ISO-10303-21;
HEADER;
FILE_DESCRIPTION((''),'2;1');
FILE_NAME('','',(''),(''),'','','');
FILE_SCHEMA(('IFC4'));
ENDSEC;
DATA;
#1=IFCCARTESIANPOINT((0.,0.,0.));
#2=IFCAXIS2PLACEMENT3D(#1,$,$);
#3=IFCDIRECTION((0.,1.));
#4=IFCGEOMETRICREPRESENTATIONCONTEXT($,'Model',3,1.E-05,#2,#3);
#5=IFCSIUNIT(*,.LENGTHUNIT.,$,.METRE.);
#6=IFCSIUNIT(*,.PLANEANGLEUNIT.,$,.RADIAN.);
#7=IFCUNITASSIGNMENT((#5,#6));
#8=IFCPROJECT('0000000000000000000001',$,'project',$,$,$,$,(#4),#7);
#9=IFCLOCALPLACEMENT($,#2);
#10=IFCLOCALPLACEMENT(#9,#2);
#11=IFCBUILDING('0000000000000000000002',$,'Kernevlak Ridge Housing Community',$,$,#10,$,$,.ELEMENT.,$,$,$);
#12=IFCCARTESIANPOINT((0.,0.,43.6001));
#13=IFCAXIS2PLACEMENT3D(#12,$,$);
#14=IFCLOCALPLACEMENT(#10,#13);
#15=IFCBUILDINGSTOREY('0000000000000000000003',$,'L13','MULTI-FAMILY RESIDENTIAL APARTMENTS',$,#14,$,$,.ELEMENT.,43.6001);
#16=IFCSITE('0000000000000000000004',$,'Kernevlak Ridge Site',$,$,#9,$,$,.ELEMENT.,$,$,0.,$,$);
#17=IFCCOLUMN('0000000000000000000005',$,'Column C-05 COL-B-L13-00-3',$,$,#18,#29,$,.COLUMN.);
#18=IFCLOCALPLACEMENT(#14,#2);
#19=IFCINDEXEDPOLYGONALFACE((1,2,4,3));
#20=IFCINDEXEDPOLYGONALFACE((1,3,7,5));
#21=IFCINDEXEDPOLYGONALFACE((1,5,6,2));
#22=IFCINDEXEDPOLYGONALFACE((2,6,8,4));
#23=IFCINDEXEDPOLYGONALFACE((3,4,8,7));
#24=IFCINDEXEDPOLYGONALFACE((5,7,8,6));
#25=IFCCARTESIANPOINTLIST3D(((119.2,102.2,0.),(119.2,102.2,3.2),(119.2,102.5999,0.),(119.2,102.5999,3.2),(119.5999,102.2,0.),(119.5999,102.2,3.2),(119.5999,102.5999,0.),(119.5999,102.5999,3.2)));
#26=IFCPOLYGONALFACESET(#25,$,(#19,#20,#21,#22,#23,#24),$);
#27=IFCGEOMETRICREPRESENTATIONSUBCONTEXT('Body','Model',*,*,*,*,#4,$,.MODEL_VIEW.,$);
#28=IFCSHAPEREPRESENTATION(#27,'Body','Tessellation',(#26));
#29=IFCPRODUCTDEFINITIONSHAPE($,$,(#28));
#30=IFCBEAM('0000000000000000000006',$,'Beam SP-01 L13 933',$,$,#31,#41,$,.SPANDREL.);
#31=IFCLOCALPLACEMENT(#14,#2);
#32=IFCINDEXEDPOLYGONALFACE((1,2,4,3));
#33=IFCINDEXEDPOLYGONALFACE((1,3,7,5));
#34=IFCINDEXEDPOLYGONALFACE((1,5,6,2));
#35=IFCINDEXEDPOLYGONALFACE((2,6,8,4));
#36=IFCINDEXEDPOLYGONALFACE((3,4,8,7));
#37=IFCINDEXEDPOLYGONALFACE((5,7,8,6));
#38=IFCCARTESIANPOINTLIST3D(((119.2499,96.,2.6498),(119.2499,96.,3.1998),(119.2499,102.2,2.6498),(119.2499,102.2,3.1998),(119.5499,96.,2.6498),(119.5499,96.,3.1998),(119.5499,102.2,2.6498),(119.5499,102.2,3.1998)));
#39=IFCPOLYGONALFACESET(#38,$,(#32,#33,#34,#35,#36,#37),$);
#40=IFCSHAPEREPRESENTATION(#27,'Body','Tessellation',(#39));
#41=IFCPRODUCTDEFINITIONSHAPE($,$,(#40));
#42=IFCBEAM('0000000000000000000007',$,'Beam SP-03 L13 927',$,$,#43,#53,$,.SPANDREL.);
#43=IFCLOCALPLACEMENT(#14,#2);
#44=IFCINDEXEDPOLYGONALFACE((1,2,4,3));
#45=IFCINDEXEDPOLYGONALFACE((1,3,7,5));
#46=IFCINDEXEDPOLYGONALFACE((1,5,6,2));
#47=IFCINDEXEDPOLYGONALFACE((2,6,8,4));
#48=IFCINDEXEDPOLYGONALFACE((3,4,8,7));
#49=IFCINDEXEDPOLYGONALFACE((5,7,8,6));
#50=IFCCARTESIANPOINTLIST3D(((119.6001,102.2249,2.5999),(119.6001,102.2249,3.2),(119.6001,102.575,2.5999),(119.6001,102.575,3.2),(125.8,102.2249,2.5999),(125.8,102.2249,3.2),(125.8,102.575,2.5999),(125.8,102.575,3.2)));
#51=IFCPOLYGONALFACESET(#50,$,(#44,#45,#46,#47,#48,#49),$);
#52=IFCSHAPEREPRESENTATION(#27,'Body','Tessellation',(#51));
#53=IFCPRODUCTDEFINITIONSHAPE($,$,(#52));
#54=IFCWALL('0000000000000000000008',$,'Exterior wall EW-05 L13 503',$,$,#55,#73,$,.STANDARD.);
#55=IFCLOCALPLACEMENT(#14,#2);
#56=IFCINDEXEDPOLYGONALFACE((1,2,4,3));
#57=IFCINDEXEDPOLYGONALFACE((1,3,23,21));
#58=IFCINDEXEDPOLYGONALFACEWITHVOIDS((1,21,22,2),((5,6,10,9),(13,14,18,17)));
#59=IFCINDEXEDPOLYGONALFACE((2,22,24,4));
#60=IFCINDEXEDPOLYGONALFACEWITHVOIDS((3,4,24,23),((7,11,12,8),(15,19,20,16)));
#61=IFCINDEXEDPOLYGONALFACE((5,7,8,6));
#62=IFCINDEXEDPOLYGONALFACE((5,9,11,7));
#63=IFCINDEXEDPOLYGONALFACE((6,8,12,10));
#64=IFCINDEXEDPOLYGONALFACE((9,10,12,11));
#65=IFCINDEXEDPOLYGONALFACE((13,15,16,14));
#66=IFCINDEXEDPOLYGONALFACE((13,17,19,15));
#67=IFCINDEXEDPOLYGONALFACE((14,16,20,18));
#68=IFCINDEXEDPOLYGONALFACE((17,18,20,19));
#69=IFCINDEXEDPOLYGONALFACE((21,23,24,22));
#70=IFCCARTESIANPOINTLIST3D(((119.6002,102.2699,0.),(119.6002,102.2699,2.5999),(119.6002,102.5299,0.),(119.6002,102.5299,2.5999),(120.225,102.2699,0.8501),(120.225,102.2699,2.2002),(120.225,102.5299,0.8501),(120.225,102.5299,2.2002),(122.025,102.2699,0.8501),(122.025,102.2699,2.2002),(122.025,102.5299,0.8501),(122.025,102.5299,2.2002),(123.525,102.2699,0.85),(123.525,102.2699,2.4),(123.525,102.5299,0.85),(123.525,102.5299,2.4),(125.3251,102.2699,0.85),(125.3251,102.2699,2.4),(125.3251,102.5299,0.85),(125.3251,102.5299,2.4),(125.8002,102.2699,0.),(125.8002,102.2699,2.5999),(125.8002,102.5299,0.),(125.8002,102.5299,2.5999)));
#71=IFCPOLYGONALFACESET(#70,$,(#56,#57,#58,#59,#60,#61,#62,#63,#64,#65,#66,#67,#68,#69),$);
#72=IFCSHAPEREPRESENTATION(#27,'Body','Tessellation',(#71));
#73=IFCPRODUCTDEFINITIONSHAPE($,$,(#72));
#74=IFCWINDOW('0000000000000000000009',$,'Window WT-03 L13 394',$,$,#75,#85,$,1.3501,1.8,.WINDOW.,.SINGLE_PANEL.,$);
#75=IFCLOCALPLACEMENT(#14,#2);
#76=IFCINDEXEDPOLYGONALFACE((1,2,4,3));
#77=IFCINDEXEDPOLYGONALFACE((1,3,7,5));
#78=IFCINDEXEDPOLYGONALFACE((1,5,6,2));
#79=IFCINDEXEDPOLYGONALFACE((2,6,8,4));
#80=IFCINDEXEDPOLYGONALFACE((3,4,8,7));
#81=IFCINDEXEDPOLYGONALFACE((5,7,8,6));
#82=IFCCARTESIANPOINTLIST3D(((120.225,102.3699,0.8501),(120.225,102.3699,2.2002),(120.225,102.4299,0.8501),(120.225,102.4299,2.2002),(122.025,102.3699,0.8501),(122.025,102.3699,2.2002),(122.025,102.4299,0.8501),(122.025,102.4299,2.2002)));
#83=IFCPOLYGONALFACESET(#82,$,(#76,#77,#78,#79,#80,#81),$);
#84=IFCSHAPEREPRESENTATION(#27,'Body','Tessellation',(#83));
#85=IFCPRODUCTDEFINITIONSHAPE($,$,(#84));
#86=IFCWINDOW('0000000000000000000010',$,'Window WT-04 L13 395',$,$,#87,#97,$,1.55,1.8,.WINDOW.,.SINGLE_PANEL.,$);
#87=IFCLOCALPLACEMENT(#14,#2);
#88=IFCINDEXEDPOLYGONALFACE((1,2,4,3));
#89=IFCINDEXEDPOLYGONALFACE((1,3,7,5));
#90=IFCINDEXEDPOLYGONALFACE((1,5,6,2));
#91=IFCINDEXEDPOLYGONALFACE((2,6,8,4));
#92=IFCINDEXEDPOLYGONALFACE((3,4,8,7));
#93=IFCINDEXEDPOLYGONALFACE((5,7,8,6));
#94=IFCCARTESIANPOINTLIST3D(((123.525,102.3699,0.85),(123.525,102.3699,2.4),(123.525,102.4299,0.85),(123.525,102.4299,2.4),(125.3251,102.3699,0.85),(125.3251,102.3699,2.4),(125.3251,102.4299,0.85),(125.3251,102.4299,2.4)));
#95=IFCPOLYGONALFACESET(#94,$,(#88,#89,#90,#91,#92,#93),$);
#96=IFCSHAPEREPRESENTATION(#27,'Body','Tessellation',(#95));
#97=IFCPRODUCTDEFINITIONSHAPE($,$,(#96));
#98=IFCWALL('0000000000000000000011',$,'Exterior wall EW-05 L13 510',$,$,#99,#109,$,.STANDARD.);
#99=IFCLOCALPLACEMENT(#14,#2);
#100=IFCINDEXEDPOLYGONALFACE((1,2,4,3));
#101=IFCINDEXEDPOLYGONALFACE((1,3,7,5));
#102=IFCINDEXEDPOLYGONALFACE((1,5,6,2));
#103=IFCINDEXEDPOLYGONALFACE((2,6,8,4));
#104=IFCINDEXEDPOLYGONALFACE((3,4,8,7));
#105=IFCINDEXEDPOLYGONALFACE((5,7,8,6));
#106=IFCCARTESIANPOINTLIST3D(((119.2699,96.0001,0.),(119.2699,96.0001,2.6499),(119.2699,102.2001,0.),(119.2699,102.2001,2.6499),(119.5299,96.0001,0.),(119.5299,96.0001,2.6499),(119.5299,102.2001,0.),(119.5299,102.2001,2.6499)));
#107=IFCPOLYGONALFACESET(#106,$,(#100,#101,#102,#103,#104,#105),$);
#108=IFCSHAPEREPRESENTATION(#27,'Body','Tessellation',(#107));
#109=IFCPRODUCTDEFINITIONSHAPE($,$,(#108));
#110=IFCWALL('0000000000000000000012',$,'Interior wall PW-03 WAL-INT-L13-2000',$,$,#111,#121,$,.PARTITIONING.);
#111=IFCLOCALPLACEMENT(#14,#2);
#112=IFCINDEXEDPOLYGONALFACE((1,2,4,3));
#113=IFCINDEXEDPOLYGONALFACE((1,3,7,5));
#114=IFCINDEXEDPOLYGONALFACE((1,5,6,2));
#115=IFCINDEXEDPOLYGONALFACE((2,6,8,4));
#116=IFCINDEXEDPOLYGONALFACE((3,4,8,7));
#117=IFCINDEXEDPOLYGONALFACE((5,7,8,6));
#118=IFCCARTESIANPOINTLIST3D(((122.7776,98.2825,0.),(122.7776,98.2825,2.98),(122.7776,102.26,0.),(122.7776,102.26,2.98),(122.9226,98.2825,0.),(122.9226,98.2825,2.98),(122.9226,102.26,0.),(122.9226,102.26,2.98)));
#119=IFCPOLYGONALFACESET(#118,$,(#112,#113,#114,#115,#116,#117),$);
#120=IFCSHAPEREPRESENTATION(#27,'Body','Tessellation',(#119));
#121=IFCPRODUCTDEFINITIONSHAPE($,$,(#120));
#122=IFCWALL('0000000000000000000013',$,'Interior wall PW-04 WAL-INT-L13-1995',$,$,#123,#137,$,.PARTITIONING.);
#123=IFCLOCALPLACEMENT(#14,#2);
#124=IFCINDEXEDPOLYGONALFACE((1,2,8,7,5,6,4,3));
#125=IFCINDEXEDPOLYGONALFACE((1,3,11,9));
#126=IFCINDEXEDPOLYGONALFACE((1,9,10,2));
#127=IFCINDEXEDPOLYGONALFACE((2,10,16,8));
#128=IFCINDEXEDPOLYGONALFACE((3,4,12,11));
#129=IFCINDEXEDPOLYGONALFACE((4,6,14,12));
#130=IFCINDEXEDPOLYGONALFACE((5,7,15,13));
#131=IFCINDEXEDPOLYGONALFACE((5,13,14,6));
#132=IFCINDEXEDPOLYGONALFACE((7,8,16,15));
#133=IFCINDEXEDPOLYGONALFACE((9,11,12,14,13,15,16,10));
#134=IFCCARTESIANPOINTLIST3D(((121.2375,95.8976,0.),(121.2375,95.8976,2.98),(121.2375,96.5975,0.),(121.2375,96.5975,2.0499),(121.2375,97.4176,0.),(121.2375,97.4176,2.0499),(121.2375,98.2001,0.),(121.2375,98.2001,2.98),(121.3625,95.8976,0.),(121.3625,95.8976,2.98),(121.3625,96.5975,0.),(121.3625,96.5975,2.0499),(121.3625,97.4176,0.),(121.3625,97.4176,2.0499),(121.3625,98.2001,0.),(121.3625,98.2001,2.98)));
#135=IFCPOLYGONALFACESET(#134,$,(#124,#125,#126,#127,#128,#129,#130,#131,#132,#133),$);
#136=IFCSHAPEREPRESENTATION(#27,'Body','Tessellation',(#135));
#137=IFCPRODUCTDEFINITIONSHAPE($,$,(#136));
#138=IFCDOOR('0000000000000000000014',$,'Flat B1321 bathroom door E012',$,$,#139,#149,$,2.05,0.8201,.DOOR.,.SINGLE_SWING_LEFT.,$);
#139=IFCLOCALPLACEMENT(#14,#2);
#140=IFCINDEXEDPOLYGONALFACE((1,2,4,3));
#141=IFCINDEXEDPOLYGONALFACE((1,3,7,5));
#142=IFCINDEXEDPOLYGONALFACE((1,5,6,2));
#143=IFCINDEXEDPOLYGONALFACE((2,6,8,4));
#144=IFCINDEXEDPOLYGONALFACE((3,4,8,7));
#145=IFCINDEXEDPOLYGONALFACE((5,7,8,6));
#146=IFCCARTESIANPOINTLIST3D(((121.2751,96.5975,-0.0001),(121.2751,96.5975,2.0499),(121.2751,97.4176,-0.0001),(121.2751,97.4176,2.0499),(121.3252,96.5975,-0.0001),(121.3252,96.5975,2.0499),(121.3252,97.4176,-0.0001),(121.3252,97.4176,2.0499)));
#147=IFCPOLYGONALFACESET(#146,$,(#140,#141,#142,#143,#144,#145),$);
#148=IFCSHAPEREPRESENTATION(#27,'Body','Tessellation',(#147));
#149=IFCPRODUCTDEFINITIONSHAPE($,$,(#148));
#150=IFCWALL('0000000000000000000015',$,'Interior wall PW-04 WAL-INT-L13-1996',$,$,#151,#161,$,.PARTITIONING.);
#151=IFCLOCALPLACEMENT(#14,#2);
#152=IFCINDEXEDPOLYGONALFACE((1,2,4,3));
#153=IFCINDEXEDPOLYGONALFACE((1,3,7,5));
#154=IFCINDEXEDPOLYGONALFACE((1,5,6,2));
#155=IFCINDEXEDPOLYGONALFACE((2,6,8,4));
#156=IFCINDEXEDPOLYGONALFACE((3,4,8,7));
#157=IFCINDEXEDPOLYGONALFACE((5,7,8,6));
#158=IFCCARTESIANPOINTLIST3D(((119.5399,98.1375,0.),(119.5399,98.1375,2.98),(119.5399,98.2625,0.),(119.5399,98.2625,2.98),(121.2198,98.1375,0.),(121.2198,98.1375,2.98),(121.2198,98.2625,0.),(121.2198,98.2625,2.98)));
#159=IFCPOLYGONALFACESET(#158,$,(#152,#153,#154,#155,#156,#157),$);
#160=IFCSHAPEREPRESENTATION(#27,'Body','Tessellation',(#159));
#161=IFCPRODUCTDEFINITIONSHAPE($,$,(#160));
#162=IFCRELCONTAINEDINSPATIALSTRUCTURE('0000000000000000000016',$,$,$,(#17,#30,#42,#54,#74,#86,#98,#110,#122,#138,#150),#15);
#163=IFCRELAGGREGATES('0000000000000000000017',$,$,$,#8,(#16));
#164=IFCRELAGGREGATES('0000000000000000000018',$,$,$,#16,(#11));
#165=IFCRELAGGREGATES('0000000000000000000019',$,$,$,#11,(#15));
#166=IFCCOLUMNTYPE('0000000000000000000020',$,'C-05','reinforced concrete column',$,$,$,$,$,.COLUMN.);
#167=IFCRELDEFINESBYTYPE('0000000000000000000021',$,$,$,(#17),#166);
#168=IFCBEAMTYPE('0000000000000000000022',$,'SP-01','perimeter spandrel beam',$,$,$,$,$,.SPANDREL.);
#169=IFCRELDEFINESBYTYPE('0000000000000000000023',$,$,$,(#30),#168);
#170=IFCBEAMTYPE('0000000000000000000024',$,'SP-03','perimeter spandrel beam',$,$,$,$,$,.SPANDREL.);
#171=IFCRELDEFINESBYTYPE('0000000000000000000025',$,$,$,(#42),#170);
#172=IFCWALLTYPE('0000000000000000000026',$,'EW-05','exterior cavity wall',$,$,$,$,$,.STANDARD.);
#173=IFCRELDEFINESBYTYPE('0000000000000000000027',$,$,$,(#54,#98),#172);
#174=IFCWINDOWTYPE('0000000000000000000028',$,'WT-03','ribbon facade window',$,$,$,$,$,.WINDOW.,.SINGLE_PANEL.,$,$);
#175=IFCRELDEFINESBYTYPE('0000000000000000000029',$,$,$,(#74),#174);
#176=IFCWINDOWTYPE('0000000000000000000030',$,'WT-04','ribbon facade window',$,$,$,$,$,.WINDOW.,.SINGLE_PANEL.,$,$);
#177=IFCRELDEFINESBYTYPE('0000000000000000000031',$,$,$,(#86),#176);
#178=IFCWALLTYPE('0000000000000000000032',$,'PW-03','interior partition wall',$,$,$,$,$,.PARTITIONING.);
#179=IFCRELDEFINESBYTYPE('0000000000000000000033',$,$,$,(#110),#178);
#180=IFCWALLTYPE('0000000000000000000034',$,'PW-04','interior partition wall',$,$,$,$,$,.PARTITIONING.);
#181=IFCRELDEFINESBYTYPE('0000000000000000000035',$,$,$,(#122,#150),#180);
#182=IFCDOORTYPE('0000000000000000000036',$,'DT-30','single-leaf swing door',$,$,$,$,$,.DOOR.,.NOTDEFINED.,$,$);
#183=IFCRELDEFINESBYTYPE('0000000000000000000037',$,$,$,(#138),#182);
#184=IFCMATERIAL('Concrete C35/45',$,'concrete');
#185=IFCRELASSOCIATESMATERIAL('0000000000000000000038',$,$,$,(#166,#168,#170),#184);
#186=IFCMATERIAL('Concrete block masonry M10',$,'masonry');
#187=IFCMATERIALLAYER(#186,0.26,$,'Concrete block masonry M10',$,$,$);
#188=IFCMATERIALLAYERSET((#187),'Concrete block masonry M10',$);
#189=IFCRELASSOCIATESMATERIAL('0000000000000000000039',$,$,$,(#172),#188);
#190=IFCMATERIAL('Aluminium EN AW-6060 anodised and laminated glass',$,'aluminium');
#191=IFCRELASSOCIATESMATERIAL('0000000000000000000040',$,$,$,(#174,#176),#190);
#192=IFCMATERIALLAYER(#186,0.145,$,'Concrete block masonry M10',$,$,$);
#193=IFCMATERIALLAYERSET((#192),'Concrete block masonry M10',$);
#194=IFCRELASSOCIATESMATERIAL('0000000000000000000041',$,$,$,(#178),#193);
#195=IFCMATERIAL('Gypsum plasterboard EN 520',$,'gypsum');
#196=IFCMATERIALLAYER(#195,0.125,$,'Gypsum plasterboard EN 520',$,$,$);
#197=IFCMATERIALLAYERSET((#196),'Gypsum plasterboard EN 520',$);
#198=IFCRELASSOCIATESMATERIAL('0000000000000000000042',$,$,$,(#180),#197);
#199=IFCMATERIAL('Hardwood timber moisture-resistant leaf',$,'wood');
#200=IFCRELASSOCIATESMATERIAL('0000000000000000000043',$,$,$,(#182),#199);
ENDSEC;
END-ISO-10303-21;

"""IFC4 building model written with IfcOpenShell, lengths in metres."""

from ifc_helpers import new_model, si_unit, direction, frame, frame_2d, origin, origin_2d, place, context, subcontext, project, spatial, rectangle, extrude, material, layer, layer_set, material_profile, profile_set, type_object, element, fill, save


model = new_model("IFC4")

# Units and contexts
model_context = context("Model", 3, precision=1e-05, world=origin(), true_north=direction((0.0, 1.0)))
body_context = subcontext(model_context, "Body", "Model", "MODEL_VIEW")
ifc_project = project(units=[si_unit("LENGTHUNIT", "METRE"), si_unit("PLANEANGLEUNIT", "RADIAN")], contexts=[model_context])

# Site, building, storey
site_placement = place(None, origin())
site = spatial("IfcSite", under=ifc_project, at=site_placement, Name="Kernevlak Ridge Site", CompositionType="ELEMENT", RefElevation=0.0)
building_placement = place(site_placement, origin())
building = spatial("IfcBuilding", under=site, at=building_placement, Name="Kernevlak Ridge Housing Community", CompositionType="ELEMENT")
storey_placement = place(building_placement, frame((0.0, 0.0, 43.6001)))
storey = spatial("IfcBuildingStorey", under=building, at=storey_placement, Name="L13", Description="MULTI-FAMILY RESIDENTIAL APARTMENTS", CompositionType="ELEMENT", Elevation=43.6001)

# Column
ifc_material_1 = material(Name="Concrete C35/45", Category="concrete")
ifc_material_profile_1 = material_profile(ifc_material_1, rectangle(XDim=0.3999, YDim=0.3999, at=origin_2d()), Name="RC 400x400")
ifc_profile_set_1 = profile_set([ifc_material_profile_1], Name="Concrete C35/45")
column_type = type_object("IfcColumnType", Name="C-05", Description="reinforced concrete column", PredefinedType="COLUMN", material=ifc_profile_set_1)
column_placement = place(storey_placement, frame((119.3999, 102.3999, 0.0), z_axis=(0.0, 0.0, 1.0), x_axis=(1.0, 0.0, 0.0)))
element("IfcColumn", 1, at=column_placement, inside=storey, type_object=column_type, Name="Column C-05 COL-B-L13-00-3", PredefinedType="COLUMN", context=body_context, shape_type="SweptSolid", body=[
    extrude(rectangle(XDim=0.3999, YDim=0.3999, at=origin_2d()), origin(), (0.0, 0.0, 1.0), 3.2),
])

# Beams
ifc_material_profile_2 = material_profile(ifc_material_1, rectangle(XDim=0.3, YDim=0.55, at=origin_2d()), Name="RC 300x550")
ifc_profile_set_2 = profile_set([ifc_material_profile_2], Name="Concrete C35/45")
beam_type_1 = type_object("IfcBeamType", Name="SP-01", Description="perimeter spandrel beam", PredefinedType="SPANDREL", material=ifc_profile_set_2)
beam_1_placement = place(storey_placement, frame((119.3999, 96.0, 2.9248), z_axis=(0.0, 1.0, 0.0), x_axis=(-1.0, 0.0, 0.0)))
element("IfcBeam", 2, at=beam_1_placement, inside=storey, type_object=beam_type_1, Name="Beam SP-01 L13 933", PredefinedType="SPANDREL", context=body_context, shape_type="SweptSolid", body=[
    extrude(rectangle(XDim=0.3, YDim=0.55, at=origin_2d()), origin(), (0.0, 0.0, 1.0), 6.2),
])
ifc_material_profile_3 = material_profile(ifc_material_1, rectangle(XDim=0.3501, YDim=0.6001, at=origin_2d()), Name="RC 350x600")
ifc_profile_set_3 = profile_set([ifc_material_profile_3], Name="Concrete C35/45")
beam_type_2 = type_object("IfcBeamType", Name="SP-03", Description="perimeter spandrel beam", PredefinedType="SPANDREL", material=ifc_profile_set_3)
beam_2_placement = place(storey_placement, frame((119.6001, 102.3999, 2.8999), z_axis=(1.0, 0.0, 0.0), x_axis=(0.0, 1.0, 0.0)))
element("IfcBeam", 3, at=beam_2_placement, inside=storey, type_object=beam_type_2, Name="Beam SP-03 L13 927", PredefinedType="SPANDREL", context=body_context, shape_type="SweptSolid", body=[
    extrude(rectangle(XDim=0.3501, YDim=0.6001, at=origin_2d()), origin(), (0.0, 0.0, 1.0), 6.2),
])

# Wall, openings, windows
ifc_material_2 = material(Name="Concrete block masonry M10", Category="masonry")
ifc_layer_1 = layer(ifc_material_2, 0.26, Name="Concrete block masonry M10")
ifc_layer_set_1 = layer_set([ifc_layer_1], Name="Concrete block masonry M10")
wall_type_1 = type_object("IfcWallType", Name="EW-05", Description="exterior cavity wall", PredefinedType="STANDARD", material=ifc_layer_set_1)
wall_1_placement = place(storey_placement, frame((119.6001, 102.3999, 0.0), z_axis=(0.0, 0.0, 1.0), x_axis=(1.0, 0.0, 0.0)))
wall_1 = element("IfcWall", 4, at=wall_1_placement, inside=storey, type_object=wall_type_1, Name="Exterior wall EW-05 L13 503", PredefinedType="STANDARD", context=body_context, shape_type="SweptSolid", body=[
    extrude(rectangle(XDim=6.2, YDim=0.26, at=frame_2d((3.1001, 0.0))), origin(), (0.0, 0.0, 1.0), 2.5999),
])
opening_1_placement = place(wall_1_placement, frame((0.625, 0.0, 0.8501)))
opening_1 = element("IfcOpeningElement", 5, at=opening_1_placement, cuts=wall_1, PredefinedType="OPENING", context=body_context, shape_type="SweptSolid", body=[
    extrude(rectangle(XDim=1.8, YDim=1.3501, at=frame_2d((0.8999, 0.675))), frame((0.0, 0.1399, 0.0), z_axis=(0.0, -1.0, 0.0), x_axis=(1.0, 0.0, 0.0)), (0.0, 0.0, 1.0), 0.28),
])
opening_2_placement = place(wall_1_placement, frame((3.925, 0.0, 0.8501)))
opening_2 = element("IfcOpeningElement", 6, at=opening_2_placement, cuts=wall_1, PredefinedType="OPENING", context=body_context, shape_type="SweptSolid", body=[
    extrude(rectangle(XDim=1.8, YDim=1.55, at=frame_2d((0.8999, 0.7749))), frame((0.0, 0.1399, 0.0), z_axis=(0.0, -1.0, 0.0), x_axis=(1.0, 0.0, 0.0)), (0.0, 0.0, 1.0), 0.28),
])
ifc_material_3 = material(Name="Aluminium EN AW-6060 anodised and laminated glass", Category="aluminium")
window_type_1 = type_object("IfcWindowType", Name="WT-03", Description="ribbon facade window", PartitioningType="SINGLE_PANEL", PredefinedType="WINDOW", material=ifc_material_3)
window_1_placement = place(opening_1_placement, origin())
window_1 = element("IfcWindow", 7, at=window_1_placement, inside=storey, type_object=window_type_1, Name="Window WT-03 L13 394", OverallHeight=1.3501, OverallWidth=1.8, PartitioningType="SINGLE_PANEL", PredefinedType="WINDOW", context=body_context, shape_type="SweptSolid", body=[
    extrude(rectangle(XDim=1.8, YDim=1.3501, at=frame_2d((0.8999, 0.675))), frame((0.0, 0.03, 0.0), z_axis=(0.0, -1.0, 0.0), x_axis=(1.0, 0.0, 0.0)), (0.0, 0.0, 1.0), 0.0601),
])
fill(opening_1, window_1)
window_type_2 = type_object("IfcWindowType", Name="WT-04", Description="ribbon facade window", PartitioningType="SINGLE_PANEL", PredefinedType="WINDOW", material=ifc_material_3)
window_2_placement = place(opening_2_placement, origin())
window_2 = element("IfcWindow", 8, at=window_2_placement, inside=storey, type_object=window_type_2, Name="Window WT-04 L13 395", OverallHeight=1.55, OverallWidth=1.8, PartitioningType="SINGLE_PANEL", PredefinedType="WINDOW", context=body_context, shape_type="SweptSolid", body=[
    extrude(rectangle(XDim=1.8, YDim=1.55, at=frame_2d((0.8999, 0.7749))), frame((0.0, 0.03, 0.0), z_axis=(0.0, -1.0, 0.0), x_axis=(1.0, 0.0, 0.0)), (0.0, 0.0, 1.0), 0.0601),
])
fill(opening_2, window_2)

# Wall
wall_2_placement = place(storey_placement, frame((119.3999, 96.0, 0.0), z_axis=(0.0, 0.0, 1.0), x_axis=(0.0, 1.0, 0.0)))
element("IfcWall", 9, at=wall_2_placement, inside=storey, type_object=wall_type_1, Name="Exterior wall EW-05 L13 510", PredefinedType="STANDARD", context=body_context, shape_type="SweptSolid", body=[
    extrude(rectangle(XDim=6.2, YDim=0.26, at=frame_2d((3.1001, 0.0))), origin(), (0.0, 0.0, 1.0), 2.6499),
])

# Shared definitions
ifc_layer_2 = layer(ifc_material_2, 0.145, Name="Concrete block masonry M10")
ifc_layer_set_2 = layer_set([ifc_layer_2], Name="Concrete block masonry M10")
wall_type_2 = type_object("IfcWallType", Name="PW-03", Description="interior partition wall", PredefinedType="PARTITIONING", material=ifc_layer_set_2)

# Wall
wall_3_placement = place(storey_placement, frame((122.8501, 98.2825, 0.0), z_axis=(0.0, 0.0, 1.0), x_axis=(0.0, 1.0, 0.0)))
element("IfcWall", 10, at=wall_3_placement, inside=storey, type_object=wall_type_2, Name="Interior wall PW-03 WAL-INT-L13-2000", PredefinedType="PARTITIONING", context=body_context, shape_type="SweptSolid", body=[
    extrude(rectangle(XDim=3.9775, YDim=0.145, at=frame_2d((1.9888, 0.0))), origin(), (0.0, 0.0, 1.0), 2.98),
])

# Wall, opening, door
ifc_material_4 = material(Name="Gypsum plasterboard EN 520", Category="gypsum")
ifc_layer_3 = layer(ifc_material_4, 0.125, Name="Gypsum plasterboard EN 520")
ifc_layer_set_3 = layer_set([ifc_layer_3], Name="Gypsum plasterboard EN 520")
wall_type_3 = type_object("IfcWallType", Name="PW-04", Description="interior partition wall", PredefinedType="PARTITIONING", material=ifc_layer_set_3)
wall_4_placement = place(storey_placement, frame((121.3, 95.8975, 0.0), z_axis=(0.0, 0.0, 1.0), x_axis=(0.0, 1.0, 0.0)))
wall_4 = element("IfcWall", 11, at=wall_4_placement, inside=storey, type_object=wall_type_3, Name="Interior wall PW-04 WAL-INT-L13-1995", PredefinedType="PARTITIONING", context=body_context, shape_type="SweptSolid", body=[
    extrude(rectangle(XDim=2.3025, YDim=0.125, at=frame_2d((1.1514, 0.0))), origin(), (0.0, 0.0, 1.0), 2.98),
])
opening_3_placement = place(wall_4_placement, frame((0.7, 0.0, 0.0)))
opening_3 = element("IfcOpeningElement", 12, at=opening_3_placement, cuts=wall_4, PredefinedType="OPENING", context=body_context, shape_type="SweptSolid", body=[
    extrude(rectangle(XDim=0.8201, YDim=2.05, at=frame_2d((0.4102, 1.0249))), frame((0.0, 0.0725, 0.0), z_axis=(0.0, -1.0, 0.0), x_axis=(1.0, 0.0, 0.0)), (0.0, 0.0, 1.0), 0.145),
])
ifc_material_5 = material(Name="Hardwood timber moisture-resistant leaf", Category="wood")
door_type_1 = type_object("IfcDoorType", Name="DT-30", Description="single-leaf swing door", OperationType="NOTDEFINED", PredefinedType="DOOR", material=ifc_material_5)
door_1_placement = place(opening_3_placement, origin())
door_1 = element("IfcDoor", 13, at=door_1_placement, inside=storey, type_object=door_type_1, Name="Flat B1321 bathroom door E012", OperationType="SINGLE_SWING_LEFT", OverallHeight=2.05, OverallWidth=0.8201, PredefinedType="DOOR", context=body_context, shape_type="SweptSolid", body=[
    extrude(rectangle(XDim=0.8201, YDim=2.05, at=frame_2d((0.4102, 1.0249))), frame((0.0, 0.0249, 0.0), z_axis=(0.0, -1.0, 0.0), x_axis=(1.0, 0.0, 0.0)), (0.0, 0.0, 1.0), 0.05),
])
fill(opening_3, door_1)

# Wall
wall_5_placement = place(storey_placement, frame((119.54, 98.2, 0.0), z_axis=(0.0, 0.0, 1.0), x_axis=(1.0, 0.0, 0.0)))
element("IfcWall", 14, at=wall_5_placement, inside=storey, type_object=wall_type_3, Name="Interior wall PW-04 WAL-INT-L13-1996", PredefinedType="PARTITIONING", context=body_context, shape_type="SweptSolid", body=[
    extrude(rectangle(XDim=1.6799, YDim=0.125, at=frame_2d((0.8398, 0.0))), origin(), (0.0, 0.0, 1.0), 2.98),
])

save(model, "model.ifc")
